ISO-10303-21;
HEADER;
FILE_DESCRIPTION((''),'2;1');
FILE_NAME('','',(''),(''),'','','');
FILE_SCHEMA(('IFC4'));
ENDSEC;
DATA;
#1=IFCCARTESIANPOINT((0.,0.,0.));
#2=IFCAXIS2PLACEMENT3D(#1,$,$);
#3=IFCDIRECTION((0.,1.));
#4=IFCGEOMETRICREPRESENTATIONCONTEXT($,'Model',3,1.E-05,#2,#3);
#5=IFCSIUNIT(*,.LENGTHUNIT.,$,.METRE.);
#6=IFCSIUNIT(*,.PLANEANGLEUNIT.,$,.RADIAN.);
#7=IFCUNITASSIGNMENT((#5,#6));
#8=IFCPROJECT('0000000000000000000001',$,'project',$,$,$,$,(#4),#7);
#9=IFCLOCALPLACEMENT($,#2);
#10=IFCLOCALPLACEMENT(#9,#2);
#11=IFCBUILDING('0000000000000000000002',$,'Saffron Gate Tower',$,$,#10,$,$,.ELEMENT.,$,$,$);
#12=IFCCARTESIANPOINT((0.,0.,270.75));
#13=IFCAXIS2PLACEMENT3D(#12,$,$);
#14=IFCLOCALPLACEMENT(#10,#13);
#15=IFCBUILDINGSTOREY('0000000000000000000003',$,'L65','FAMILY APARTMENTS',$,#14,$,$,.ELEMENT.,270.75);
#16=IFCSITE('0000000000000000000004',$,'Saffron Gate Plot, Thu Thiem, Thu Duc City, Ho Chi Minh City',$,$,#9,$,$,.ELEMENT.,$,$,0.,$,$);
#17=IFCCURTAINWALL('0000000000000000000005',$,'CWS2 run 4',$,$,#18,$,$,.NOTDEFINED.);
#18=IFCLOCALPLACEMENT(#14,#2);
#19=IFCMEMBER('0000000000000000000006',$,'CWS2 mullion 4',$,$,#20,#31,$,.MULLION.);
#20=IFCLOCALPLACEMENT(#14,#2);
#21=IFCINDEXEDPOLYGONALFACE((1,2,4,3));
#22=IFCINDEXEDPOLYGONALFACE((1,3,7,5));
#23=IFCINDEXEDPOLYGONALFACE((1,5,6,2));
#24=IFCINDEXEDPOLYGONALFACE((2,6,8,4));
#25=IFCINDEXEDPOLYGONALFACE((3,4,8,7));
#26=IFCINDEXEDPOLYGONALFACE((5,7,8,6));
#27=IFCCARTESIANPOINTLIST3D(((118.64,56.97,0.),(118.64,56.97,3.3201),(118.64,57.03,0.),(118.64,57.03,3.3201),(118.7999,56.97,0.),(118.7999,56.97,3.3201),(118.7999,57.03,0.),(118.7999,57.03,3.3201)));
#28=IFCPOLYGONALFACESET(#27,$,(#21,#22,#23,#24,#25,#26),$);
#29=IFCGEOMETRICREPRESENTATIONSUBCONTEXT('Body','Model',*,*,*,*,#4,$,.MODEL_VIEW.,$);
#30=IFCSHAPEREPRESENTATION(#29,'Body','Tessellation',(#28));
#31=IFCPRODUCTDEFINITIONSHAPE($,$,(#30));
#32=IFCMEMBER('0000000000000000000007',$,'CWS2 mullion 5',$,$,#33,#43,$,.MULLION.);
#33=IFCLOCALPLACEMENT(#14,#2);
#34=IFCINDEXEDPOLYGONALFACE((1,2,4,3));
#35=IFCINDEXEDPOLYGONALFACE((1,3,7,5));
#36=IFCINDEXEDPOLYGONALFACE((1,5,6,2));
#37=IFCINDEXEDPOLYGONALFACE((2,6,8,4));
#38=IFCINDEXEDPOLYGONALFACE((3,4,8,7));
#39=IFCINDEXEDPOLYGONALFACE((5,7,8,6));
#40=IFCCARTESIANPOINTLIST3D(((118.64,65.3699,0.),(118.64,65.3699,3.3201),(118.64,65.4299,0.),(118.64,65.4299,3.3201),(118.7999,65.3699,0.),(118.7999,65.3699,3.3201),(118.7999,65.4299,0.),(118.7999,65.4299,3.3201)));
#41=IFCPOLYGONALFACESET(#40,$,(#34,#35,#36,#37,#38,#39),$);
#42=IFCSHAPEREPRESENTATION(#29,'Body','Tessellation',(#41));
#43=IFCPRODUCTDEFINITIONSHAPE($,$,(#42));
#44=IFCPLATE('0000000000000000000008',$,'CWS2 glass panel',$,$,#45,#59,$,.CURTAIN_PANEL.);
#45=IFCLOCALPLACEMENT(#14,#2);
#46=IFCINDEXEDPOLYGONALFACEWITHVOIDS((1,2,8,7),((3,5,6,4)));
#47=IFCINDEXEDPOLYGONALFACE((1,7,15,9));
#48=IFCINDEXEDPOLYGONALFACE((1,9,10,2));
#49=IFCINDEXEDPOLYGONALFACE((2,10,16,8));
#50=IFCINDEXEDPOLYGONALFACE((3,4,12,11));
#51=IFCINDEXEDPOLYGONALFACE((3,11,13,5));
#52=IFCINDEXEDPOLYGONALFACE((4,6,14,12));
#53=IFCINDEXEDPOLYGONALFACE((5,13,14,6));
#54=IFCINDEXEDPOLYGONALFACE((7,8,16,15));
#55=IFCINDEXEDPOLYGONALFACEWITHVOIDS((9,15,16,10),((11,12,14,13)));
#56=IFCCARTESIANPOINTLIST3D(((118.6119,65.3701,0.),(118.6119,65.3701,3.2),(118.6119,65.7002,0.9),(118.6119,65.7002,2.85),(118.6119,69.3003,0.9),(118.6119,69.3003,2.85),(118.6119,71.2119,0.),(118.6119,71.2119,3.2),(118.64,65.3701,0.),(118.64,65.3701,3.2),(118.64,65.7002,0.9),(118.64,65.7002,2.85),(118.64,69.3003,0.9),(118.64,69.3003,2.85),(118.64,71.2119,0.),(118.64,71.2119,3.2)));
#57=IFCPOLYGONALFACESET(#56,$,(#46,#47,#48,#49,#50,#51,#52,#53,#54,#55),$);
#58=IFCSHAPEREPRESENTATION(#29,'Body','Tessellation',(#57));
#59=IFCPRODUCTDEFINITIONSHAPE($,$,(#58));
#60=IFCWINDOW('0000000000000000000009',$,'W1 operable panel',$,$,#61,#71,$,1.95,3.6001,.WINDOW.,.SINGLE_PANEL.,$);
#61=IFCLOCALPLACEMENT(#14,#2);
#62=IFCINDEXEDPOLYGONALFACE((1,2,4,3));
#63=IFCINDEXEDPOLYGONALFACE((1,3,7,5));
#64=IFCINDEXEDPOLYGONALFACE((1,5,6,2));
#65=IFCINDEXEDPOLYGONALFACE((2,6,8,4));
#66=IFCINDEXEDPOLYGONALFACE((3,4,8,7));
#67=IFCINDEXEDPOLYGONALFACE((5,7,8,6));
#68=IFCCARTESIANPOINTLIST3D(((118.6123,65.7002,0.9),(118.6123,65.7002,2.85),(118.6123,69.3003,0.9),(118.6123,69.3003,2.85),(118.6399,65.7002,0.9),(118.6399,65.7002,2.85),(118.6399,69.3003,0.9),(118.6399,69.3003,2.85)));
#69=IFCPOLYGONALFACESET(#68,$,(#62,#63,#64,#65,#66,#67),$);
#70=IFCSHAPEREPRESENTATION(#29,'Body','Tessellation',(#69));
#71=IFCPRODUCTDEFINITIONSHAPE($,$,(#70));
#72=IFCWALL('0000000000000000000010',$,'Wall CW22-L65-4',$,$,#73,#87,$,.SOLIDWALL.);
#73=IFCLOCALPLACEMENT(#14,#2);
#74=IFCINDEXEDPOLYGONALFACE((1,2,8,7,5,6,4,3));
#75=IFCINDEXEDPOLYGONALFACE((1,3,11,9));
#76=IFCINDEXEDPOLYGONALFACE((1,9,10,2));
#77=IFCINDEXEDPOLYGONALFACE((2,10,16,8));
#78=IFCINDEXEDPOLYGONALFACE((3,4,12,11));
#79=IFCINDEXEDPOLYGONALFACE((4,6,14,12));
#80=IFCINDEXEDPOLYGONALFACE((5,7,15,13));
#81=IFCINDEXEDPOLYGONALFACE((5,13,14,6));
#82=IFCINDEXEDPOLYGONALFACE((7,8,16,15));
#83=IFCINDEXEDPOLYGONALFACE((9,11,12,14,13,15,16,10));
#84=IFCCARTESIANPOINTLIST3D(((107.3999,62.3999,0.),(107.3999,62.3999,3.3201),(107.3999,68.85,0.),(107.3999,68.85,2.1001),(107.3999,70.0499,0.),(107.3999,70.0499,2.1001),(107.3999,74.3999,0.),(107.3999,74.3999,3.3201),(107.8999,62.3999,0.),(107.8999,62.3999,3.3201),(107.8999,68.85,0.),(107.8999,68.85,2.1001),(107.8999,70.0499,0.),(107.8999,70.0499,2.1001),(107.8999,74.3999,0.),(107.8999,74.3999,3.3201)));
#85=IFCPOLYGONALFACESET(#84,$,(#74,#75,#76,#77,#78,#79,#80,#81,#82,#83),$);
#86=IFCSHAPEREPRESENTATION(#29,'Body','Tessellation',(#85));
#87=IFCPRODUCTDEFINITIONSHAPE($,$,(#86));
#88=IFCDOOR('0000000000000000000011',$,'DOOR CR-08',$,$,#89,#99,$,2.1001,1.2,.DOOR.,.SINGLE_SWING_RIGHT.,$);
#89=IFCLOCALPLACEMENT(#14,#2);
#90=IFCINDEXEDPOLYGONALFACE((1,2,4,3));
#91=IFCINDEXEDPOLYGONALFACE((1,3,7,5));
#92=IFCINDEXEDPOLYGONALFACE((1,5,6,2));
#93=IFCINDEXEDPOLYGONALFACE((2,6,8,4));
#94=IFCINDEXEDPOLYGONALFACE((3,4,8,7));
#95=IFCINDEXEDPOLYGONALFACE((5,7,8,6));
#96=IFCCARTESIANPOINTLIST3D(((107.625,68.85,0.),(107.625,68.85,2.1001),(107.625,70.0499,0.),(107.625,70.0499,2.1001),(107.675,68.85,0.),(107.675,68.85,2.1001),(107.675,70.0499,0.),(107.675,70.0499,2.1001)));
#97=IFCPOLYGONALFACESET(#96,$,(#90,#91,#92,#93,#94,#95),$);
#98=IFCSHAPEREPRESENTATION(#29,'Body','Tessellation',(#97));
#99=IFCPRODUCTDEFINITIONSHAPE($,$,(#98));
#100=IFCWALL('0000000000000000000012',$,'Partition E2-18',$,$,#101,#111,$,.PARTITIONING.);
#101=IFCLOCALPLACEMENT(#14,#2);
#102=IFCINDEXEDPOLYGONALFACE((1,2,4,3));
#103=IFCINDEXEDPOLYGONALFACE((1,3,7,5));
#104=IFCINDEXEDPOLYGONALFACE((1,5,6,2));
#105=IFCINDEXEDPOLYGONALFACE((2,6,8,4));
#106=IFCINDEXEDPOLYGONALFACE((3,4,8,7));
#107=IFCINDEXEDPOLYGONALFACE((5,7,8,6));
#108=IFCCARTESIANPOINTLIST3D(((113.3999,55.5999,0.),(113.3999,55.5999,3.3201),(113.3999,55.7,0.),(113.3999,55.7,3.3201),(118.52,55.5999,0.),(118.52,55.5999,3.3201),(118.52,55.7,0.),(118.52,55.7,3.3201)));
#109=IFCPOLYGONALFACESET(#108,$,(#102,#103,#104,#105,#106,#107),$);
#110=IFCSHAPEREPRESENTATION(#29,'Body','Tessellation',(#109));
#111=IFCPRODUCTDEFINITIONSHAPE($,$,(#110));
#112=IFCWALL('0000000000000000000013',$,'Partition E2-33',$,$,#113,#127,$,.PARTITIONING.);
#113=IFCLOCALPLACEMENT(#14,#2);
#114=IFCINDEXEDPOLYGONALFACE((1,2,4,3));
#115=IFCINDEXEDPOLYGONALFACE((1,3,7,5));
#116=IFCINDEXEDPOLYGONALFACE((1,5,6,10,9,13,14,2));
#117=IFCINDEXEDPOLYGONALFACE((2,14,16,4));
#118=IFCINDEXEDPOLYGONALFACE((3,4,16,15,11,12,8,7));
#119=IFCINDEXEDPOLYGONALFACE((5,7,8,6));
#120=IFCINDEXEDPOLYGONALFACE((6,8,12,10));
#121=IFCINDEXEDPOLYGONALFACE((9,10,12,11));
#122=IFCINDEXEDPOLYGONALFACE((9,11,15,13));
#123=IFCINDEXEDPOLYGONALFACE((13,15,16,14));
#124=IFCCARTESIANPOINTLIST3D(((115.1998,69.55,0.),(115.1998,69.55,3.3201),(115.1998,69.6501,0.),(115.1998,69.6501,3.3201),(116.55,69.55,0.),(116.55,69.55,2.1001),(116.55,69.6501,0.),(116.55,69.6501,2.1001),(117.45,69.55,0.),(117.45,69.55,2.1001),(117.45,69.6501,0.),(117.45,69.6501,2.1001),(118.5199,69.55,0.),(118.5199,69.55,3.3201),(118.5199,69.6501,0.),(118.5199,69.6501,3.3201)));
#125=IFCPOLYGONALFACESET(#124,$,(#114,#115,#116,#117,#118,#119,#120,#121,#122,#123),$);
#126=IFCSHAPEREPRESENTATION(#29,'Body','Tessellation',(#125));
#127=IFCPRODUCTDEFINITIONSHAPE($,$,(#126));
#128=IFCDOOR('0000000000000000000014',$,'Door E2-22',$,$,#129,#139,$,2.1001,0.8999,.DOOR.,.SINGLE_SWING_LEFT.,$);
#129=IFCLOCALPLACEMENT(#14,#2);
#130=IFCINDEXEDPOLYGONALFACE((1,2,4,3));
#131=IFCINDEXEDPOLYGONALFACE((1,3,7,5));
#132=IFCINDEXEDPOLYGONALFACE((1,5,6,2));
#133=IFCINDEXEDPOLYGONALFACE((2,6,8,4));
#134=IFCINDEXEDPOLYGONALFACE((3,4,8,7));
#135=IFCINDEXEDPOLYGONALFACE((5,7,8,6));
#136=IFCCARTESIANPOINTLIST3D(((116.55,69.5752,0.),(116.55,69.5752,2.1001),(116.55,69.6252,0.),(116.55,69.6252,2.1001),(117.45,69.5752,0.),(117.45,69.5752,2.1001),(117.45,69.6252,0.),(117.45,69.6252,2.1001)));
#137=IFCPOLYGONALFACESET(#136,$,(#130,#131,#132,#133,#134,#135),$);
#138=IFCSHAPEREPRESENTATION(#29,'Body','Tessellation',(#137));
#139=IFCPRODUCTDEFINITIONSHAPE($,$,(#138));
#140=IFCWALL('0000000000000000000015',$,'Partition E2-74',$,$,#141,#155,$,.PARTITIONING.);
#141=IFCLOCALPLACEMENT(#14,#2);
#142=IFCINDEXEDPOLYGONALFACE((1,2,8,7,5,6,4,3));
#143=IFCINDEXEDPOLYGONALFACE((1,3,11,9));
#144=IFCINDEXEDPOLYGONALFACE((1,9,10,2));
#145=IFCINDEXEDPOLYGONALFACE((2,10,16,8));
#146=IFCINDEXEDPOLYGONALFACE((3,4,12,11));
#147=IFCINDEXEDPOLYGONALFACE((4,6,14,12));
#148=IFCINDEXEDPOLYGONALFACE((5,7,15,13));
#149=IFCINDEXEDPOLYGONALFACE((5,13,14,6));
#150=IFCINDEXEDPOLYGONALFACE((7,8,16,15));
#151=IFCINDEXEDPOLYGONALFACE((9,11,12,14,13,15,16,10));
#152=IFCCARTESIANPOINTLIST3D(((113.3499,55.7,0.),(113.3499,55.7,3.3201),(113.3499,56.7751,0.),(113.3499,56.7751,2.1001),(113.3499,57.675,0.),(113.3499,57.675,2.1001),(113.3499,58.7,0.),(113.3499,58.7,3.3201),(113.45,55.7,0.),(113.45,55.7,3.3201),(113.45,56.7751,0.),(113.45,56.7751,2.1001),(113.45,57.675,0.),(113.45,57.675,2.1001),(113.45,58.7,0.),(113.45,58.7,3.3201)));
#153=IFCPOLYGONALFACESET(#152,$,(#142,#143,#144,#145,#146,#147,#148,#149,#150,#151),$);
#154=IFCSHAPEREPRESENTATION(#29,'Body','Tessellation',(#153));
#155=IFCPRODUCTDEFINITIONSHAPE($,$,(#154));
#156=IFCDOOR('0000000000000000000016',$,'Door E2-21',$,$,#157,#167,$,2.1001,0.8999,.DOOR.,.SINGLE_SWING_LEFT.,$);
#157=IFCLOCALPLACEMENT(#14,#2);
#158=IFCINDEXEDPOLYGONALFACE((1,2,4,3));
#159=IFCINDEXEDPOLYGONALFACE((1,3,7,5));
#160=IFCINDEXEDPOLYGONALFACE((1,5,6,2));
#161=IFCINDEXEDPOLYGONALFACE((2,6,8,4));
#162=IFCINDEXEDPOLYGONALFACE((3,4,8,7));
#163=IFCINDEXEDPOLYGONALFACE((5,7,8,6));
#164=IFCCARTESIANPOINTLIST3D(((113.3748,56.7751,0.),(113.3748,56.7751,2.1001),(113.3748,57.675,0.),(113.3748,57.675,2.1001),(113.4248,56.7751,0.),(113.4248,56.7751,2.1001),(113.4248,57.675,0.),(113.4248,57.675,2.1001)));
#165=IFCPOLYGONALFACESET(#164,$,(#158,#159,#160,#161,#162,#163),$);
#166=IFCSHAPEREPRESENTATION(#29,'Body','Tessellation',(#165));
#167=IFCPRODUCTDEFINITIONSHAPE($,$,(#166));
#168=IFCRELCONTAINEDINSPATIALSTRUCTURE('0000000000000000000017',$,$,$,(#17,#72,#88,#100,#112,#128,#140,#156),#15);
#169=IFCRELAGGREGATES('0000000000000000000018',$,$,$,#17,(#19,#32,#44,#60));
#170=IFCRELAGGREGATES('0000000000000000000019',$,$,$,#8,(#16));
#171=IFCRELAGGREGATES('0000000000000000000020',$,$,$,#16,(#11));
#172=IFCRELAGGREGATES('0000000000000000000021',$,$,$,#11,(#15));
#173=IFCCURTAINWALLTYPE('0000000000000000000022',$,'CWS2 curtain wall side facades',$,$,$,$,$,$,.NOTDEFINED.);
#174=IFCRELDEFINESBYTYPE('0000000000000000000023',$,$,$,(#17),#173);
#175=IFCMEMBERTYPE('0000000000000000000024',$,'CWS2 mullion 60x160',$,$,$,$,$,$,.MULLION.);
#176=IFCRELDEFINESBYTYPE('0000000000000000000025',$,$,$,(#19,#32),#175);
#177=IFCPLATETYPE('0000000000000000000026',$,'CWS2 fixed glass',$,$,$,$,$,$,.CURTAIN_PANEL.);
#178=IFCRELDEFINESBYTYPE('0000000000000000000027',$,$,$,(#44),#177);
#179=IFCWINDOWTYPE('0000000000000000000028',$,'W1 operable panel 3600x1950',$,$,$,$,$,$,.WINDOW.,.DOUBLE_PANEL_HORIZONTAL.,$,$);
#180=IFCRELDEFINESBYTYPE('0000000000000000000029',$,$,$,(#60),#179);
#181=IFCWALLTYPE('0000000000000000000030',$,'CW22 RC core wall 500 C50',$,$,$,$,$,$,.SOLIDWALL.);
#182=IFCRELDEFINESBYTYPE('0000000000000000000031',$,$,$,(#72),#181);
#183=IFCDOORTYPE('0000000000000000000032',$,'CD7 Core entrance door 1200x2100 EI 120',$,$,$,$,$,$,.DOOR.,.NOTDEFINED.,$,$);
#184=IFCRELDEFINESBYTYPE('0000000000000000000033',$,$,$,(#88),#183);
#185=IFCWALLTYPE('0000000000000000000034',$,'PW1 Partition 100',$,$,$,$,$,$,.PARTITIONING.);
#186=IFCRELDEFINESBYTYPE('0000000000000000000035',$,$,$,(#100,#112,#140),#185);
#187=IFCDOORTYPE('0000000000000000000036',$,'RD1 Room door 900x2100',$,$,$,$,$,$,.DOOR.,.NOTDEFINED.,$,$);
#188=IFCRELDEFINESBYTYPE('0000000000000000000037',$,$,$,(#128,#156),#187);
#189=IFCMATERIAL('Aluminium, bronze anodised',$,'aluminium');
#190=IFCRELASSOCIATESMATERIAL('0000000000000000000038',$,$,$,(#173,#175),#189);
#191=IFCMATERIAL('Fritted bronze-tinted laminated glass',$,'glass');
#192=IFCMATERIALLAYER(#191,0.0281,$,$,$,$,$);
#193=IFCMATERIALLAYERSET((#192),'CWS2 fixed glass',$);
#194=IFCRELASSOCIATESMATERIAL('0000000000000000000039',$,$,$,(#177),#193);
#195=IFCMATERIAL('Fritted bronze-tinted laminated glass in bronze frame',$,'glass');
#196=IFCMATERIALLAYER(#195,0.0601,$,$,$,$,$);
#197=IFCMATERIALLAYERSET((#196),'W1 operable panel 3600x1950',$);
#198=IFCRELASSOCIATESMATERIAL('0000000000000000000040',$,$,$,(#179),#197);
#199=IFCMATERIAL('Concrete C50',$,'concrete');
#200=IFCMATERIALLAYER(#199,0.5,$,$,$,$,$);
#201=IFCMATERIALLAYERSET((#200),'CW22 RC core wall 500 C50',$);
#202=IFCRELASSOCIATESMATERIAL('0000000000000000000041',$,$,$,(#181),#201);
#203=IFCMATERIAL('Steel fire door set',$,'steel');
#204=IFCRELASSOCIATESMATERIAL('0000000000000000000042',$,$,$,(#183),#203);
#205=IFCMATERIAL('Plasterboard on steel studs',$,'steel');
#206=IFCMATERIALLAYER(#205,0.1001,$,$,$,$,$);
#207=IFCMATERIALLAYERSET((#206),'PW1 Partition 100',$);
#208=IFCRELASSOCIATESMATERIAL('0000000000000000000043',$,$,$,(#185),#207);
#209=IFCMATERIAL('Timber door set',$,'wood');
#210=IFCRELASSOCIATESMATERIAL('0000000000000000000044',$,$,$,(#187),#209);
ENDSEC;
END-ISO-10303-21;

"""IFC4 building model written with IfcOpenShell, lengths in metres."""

from ifc_helpers import new_model, si_unit, direction, frame, frame_2d, origin, origin_2d, place, context, subcontext, project, spatial, rectangle, extrude, material, layer, layer_set, material_profile, profile_set, type_object, element, fill, aggregate, save


model = new_model("IFC4")

# Units and contexts
model_context = context("Model", 3, precision=1e-05, world=origin(), true_north=direction((0.0, 1.0)))
body_context = subcontext(model_context, "Body", "Model", "MODEL_VIEW")
ifc_project = project(units=[si_unit("LENGTHUNIT", "METRE"), si_unit("PLANEANGLEUNIT", "RADIAN")], contexts=[model_context])

# Site, building, storey
site_placement = place(None, origin())
site = spatial("IfcSite", under=ifc_project, at=site_placement, Name="Saffron Gate Plot, Thu Thiem, Thu Duc City, Ho Chi Minh City", CompositionType="ELEMENT", RefElevation=0.0)
building_placement = place(site_placement, origin())
building = spatial("IfcBuilding", under=site, at=building_placement, Name="Saffron Gate Tower", CompositionType="ELEMENT")
storey_placement = place(building_placement, frame((0.0, 0.0, 270.75)))
storey = spatial("IfcBuildingStorey", under=building, at=storey_placement, Name="L65", Description="FAMILY APARTMENTS", CompositionType="ELEMENT", Elevation=270.75)

# Curtain wall, members, plate, opening, window
ifc_material_1 = material(Name="Aluminium, bronze anodised", Category="aluminium")
curtain_wall_type = type_object("IfcCurtainWallType", Name="CWS2 curtain wall side facades", PredefinedType="NOTDEFINED", material=ifc_material_1)
curtain_wall_placement = place(storey_placement, origin())
curtain_wall = element("IfcCurtainWall", 1, at=curtain_wall_placement, inside=storey, type_object=curtain_wall_type, Name="CWS2 run 4", PredefinedType="NOTDEFINED")
ifc_material_profile_1 = material_profile(ifc_material_1, rectangle(XDim=0.1599, YDim=0.0601, at=origin_2d()))
ifc_profile_set_1 = profile_set([ifc_material_profile_1], Name="Aluminium, bronze anodised")
member_type = type_object("IfcMemberType", Name="CWS2 mullion 60x160", PredefinedType="MULLION", material=ifc_profile_set_1)
member_1_placement = place(storey_placement, frame((118.72, 57.0, 0.0), z_axis=(0.0, 0.0, 1.0), x_axis=(-1.0, 0.0, 0.0)))
member_1 = element("IfcMember", 2, at=member_1_placement, type_object=member_type, Name="CWS2 mullion 4", PredefinedType="MULLION", context=body_context, shape_type="SweptSolid", body=[
    extrude(rectangle(XDim=0.1599, YDim=0.0601, at=origin_2d()), origin(), (0.0, 0.0, 1.0), 3.3201),
])
member_2_placement = place(storey_placement, frame((118.72, 65.3999, 0.0), z_axis=(0.0, 0.0, 1.0), x_axis=(-1.0, 0.0, 0.0)))
member_2 = element("IfcMember", 3, at=member_2_placement, type_object=member_type, Name="CWS2 mullion 5", PredefinedType="MULLION", context=body_context, shape_type="SweptSolid", body=[
    extrude(rectangle(XDim=0.1599, YDim=0.0601, at=origin_2d()), origin(), (0.0, 0.0, 1.0), 3.3201),
])
ifc_material_2 = material(Name="Fritted bronze-tinted laminated glass", Category="glass")
ifc_layer_1 = layer(ifc_material_2, 0.0281)
ifc_layer_set_1 = layer_set([ifc_layer_1], Name="CWS2 fixed glass")
plate_type = type_object("IfcPlateType", Name="CWS2 fixed glass", PredefinedType="CURTAIN_PANEL", material=ifc_layer_set_1)
plate_placement = place(storey_placement, frame((118.626, 65.3701, 0.0), z_axis=(0.0, 0.0, 1.0), x_axis=(0.0, 1.0, 0.0)))
plate = element("IfcPlate", 4, at=plate_placement, type_object=plate_type, Name="CWS2 glass panel", PredefinedType="CURTAIN_PANEL", context=body_context, shape_type="SweptSolid", body=[
    extrude(rectangle(XDim=5.8418, YDim=0.0281, at=frame_2d((2.9209, 0.0))), origin(), (0.0, 0.0, 1.0), 3.2),
])
opening_1_placement = place(plate_placement, frame((0.3301, 0.0, 0.8999)))
opening_1 = element("IfcOpeningElement", 5, at=opening_1_placement, cuts=plate, PredefinedType="OPENING", context=body_context, shape_type="SweptSolid", body=[
    extrude(rectangle(XDim=3.6001, YDim=1.95, at=frame_2d((1.8, 0.9751))), frame((0.0, 0.0239, 0.0), z_axis=(0.0, -1.0, 0.0), x_axis=(1.0, 0.0, 0.0)), (0.0, 0.0, 1.0), 0.0481),
])
ifc_material_3 = material(Name="Fritted bronze-tinted laminated glass in bronze frame", Category="glass")
ifc_layer_2 = layer(ifc_material_3, 0.0601)
ifc_layer_set_2 = layer_set([ifc_layer_2], Name="W1 operable panel 3600x1950")
window_type = type_object("IfcWindowType", Name="W1 operable panel 3600x1950", PartitioningType="DOUBLE_PANEL_HORIZONTAL", PredefinedType="WINDOW", material=ifc_layer_set_2)
window_placement = place(opening_1_placement, origin())
window = element("IfcWindow", 6, at=window_placement, type_object=window_type, Name="W1 operable panel", OverallHeight=1.95, OverallWidth=3.6001, PartitioningType="SINGLE_PANEL", PredefinedType="WINDOW", context=body_context, shape_type="SweptSolid", body=[
    extrude(rectangle(XDim=3.6001, YDim=1.95, at=frame_2d((1.8, 0.9751))), frame((0.0, 0.0137, 0.0), z_axis=(0.0, -1.0, 0.0), x_axis=(1.0, 0.0, 0.0)), (0.0, 0.0, 1.0), 0.0276),
])
fill(opening_1, window)
aggregate(curtain_wall, [member_1, member_2, plate, window])

# Wall, opening, door
ifc_material_4 = material(Name="Concrete C50", Category="concrete")
ifc_layer_3 = layer(ifc_material_4, 0.5)
ifc_layer_set_3 = layer_set([ifc_layer_3], Name="CW22 RC core wall 500 C50")
wall_type_1 = type_object("IfcWallType", Name="CW22 RC core wall 500 C50", PredefinedType="SOLIDWALL", material=ifc_layer_set_3)
wall_1_placement = place(storey_placement, frame((107.6499, 62.3999, 0.0), z_axis=(0.0, 0.0, 1.0), x_axis=(0.0, 1.0, 0.0)))
wall_1 = element("IfcWall", 7, at=wall_1_placement, inside=storey, type_object=wall_type_1, Name="Wall CW22-L65-4", PredefinedType="SOLIDWALL", context=body_context, shape_type="SweptSolid", body=[
    extrude(rectangle(XDim=12.0, YDim=0.5, at=frame_2d((6.0, 0.0))), origin(), (0.0, 0.0, 1.0), 3.3201),
])
opening_2_placement = place(wall_1_placement, frame((6.45, 0.0, 0.0)))
opening_2 = element("IfcOpeningElement", 8, at=opening_2_placement, cuts=wall_1, PredefinedType="OPENING", context=body_context, shape_type="SweptSolid", body=[
    extrude(rectangle(XDim=1.2, YDim=2.1001, at=frame_2d((0.6001, 1.05))), frame((0.0, 0.26, 0.0), z_axis=(0.0, -1.0, 0.0), x_axis=(1.0, 0.0, 0.0)), (0.0, 0.0, 1.0), 0.52),
])
ifc_material_5 = material(Name="Steel fire door set", Category="steel")
door_type_1 = type_object("IfcDoorType", Name="CD7 Core entrance door 1200x2100 EI 120", OperationType="NOTDEFINED", PredefinedType="DOOR", material=ifc_material_5)
door_1_placement = place(opening_2_placement, origin())
door_1 = element("IfcDoor", 9, at=door_1_placement, inside=storey, type_object=door_type_1, Name="DOOR CR-08", OperationType="SINGLE_SWING_RIGHT", OverallHeight=2.1001, OverallWidth=1.2, PredefinedType="DOOR", context=body_context, shape_type="SweptSolid", body=[
    extrude(rectangle(XDim=1.2, YDim=2.1001, at=frame_2d((0.6001, 1.05))), frame((0.0, 0.0249, 0.0), z_axis=(0.0, -1.0, 0.0), x_axis=(1.0, 0.0, 0.0)), (0.0, 0.0, 1.0), 0.05),
])
fill(opening_2, door_1)

# Wall
ifc_material_6 = material(Name="Plasterboard on steel studs", Category="steel")
ifc_layer_4 = layer(ifc_material_6, 0.1001)
ifc_layer_set_4 = layer_set([ifc_layer_4], Name="PW1 Partition 100")
wall_type_2 = type_object("IfcWallType", Name="PW1 Partition 100", PredefinedType="PARTITIONING", material=ifc_layer_set_4)
wall_2_placement = place(storey_placement, frame((113.3999, 55.6499, 0.0), z_axis=(0.0, 0.0, 1.0), x_axis=(1.0, 0.0, 0.0)))
element("IfcWall", 10, at=wall_2_placement, inside=storey, type_object=wall_type_2, Name="Partition E2-18", PredefinedType="PARTITIONING", context=body_context, shape_type="SweptSolid", body=[
    extrude(rectangle(XDim=5.1201, YDim=0.1001, at=frame_2d((2.5601, 0.0))), origin(), (0.0, 0.0, 1.0), 3.3201),
])

# Walls, openings, doors
wall_3_placement = place(storey_placement, frame((118.52, 69.6001, 0.0), z_axis=(0.0, 0.0, 1.0), x_axis=(-1.0, 0.0, 0.0)))
wall_3 = element("IfcWall", 11, at=wall_3_placement, inside=storey, type_object=wall_type_2, Name="Partition E2-33", PredefinedType="PARTITIONING", context=body_context, shape_type="SweptSolid", body=[
    extrude(rectangle(XDim=3.3201, YDim=0.1001, at=frame_2d((1.6602, 0.0))), origin(), (0.0, 0.0, 1.0), 3.3201),
])
opening_3_placement = place(wall_3_placement, frame((1.0701, 0.0, 0.0)))
opening_3 = element("IfcOpeningElement", 12, at=opening_3_placement, cuts=wall_3, PredefinedType="OPENING", context=body_context, shape_type="SweptSolid", body=[
    extrude(rectangle(XDim=0.8999, YDim=2.1001, at=frame_2d((0.45, 1.05))), frame((0.0, 0.0601, 0.0), z_axis=(0.0, -1.0, 0.0), x_axis=(1.0, 0.0, 0.0)), (0.0, 0.0, 1.0), 0.1201),
])
ifc_material_7 = material(Name="Timber door set", Category="wood")
door_type_2 = type_object("IfcDoorType", Name="RD1 Room door 900x2100", OperationType="NOTDEFINED", PredefinedType="DOOR", material=ifc_material_7)
door_2_placement = place(opening_3_placement, origin())
door_2 = element("IfcDoor", 13, at=door_2_placement, inside=storey, type_object=door_type_2, Name="Door E2-22", OperationType="SINGLE_SWING_LEFT", OverallHeight=2.1001, OverallWidth=0.8999, PredefinedType="DOOR", context=body_context, shape_type="SweptSolid", body=[
    extrude(rectangle(XDim=0.8999, YDim=2.1001, at=frame_2d((0.45, 1.05))), frame((0.0, 0.0249, 0.0), z_axis=(0.0, -1.0, 0.0), x_axis=(1.0, 0.0, 0.0)), (0.0, 0.0, 1.0), 0.05),
])
fill(opening_3, door_2)
wall_4_placement = place(storey_placement, frame((113.3999, 58.7, 0.0), z_axis=(0.0, 0.0, 1.0), x_axis=(0.0, -1.0, 0.0)))
wall_4 = element("IfcWall", 14, at=wall_4_placement, inside=storey, type_object=wall_type_2, Name="Partition E2-74", PredefinedType="PARTITIONING", context=body_context, shape_type="SweptSolid", body=[
    extrude(rectangle(XDim=3.0, YDim=0.1001, at=frame_2d((1.5, 0.0))), origin(), (0.0, 0.0, 1.0), 3.3201),
])
opening_4_placement = place(wall_4_placement, frame((1.0249, 0.0, 0.0)))
opening_4 = element("IfcOpeningElement", 15, at=opening_4_placement, cuts=wall_4, PredefinedType="OPENING", context=body_context, shape_type="SweptSolid", body=[
    extrude(rectangle(XDim=0.8999, YDim=2.1001, at=frame_2d((0.45, 1.05))), frame((0.0, 0.0601, 0.0), z_axis=(0.0, -1.0, 0.0), x_axis=(1.0, 0.0, 0.0)), (0.0, 0.0, 1.0), 0.1201),
])
door_3_placement = place(opening_4_placement, origin())
door_3 = element("IfcDoor", 16, at=door_3_placement, inside=storey, type_object=door_type_2, Name="Door E2-21", OperationType="SINGLE_SWING_LEFT", OverallHeight=2.1001, OverallWidth=0.8999, PredefinedType="DOOR", context=body_context, shape_type="SweptSolid", body=[
    extrude(rectangle(XDim=0.8999, YDim=2.1001, at=frame_2d((0.45, 1.05))), frame((0.0, 0.0249, 0.0), z_axis=(0.0, -1.0, 0.0), x_axis=(1.0, 0.0, 0.0)), (0.0, 0.0, 1.0), 0.05),
])
fill(opening_4, door_3)

save(model, "model.ifc")
